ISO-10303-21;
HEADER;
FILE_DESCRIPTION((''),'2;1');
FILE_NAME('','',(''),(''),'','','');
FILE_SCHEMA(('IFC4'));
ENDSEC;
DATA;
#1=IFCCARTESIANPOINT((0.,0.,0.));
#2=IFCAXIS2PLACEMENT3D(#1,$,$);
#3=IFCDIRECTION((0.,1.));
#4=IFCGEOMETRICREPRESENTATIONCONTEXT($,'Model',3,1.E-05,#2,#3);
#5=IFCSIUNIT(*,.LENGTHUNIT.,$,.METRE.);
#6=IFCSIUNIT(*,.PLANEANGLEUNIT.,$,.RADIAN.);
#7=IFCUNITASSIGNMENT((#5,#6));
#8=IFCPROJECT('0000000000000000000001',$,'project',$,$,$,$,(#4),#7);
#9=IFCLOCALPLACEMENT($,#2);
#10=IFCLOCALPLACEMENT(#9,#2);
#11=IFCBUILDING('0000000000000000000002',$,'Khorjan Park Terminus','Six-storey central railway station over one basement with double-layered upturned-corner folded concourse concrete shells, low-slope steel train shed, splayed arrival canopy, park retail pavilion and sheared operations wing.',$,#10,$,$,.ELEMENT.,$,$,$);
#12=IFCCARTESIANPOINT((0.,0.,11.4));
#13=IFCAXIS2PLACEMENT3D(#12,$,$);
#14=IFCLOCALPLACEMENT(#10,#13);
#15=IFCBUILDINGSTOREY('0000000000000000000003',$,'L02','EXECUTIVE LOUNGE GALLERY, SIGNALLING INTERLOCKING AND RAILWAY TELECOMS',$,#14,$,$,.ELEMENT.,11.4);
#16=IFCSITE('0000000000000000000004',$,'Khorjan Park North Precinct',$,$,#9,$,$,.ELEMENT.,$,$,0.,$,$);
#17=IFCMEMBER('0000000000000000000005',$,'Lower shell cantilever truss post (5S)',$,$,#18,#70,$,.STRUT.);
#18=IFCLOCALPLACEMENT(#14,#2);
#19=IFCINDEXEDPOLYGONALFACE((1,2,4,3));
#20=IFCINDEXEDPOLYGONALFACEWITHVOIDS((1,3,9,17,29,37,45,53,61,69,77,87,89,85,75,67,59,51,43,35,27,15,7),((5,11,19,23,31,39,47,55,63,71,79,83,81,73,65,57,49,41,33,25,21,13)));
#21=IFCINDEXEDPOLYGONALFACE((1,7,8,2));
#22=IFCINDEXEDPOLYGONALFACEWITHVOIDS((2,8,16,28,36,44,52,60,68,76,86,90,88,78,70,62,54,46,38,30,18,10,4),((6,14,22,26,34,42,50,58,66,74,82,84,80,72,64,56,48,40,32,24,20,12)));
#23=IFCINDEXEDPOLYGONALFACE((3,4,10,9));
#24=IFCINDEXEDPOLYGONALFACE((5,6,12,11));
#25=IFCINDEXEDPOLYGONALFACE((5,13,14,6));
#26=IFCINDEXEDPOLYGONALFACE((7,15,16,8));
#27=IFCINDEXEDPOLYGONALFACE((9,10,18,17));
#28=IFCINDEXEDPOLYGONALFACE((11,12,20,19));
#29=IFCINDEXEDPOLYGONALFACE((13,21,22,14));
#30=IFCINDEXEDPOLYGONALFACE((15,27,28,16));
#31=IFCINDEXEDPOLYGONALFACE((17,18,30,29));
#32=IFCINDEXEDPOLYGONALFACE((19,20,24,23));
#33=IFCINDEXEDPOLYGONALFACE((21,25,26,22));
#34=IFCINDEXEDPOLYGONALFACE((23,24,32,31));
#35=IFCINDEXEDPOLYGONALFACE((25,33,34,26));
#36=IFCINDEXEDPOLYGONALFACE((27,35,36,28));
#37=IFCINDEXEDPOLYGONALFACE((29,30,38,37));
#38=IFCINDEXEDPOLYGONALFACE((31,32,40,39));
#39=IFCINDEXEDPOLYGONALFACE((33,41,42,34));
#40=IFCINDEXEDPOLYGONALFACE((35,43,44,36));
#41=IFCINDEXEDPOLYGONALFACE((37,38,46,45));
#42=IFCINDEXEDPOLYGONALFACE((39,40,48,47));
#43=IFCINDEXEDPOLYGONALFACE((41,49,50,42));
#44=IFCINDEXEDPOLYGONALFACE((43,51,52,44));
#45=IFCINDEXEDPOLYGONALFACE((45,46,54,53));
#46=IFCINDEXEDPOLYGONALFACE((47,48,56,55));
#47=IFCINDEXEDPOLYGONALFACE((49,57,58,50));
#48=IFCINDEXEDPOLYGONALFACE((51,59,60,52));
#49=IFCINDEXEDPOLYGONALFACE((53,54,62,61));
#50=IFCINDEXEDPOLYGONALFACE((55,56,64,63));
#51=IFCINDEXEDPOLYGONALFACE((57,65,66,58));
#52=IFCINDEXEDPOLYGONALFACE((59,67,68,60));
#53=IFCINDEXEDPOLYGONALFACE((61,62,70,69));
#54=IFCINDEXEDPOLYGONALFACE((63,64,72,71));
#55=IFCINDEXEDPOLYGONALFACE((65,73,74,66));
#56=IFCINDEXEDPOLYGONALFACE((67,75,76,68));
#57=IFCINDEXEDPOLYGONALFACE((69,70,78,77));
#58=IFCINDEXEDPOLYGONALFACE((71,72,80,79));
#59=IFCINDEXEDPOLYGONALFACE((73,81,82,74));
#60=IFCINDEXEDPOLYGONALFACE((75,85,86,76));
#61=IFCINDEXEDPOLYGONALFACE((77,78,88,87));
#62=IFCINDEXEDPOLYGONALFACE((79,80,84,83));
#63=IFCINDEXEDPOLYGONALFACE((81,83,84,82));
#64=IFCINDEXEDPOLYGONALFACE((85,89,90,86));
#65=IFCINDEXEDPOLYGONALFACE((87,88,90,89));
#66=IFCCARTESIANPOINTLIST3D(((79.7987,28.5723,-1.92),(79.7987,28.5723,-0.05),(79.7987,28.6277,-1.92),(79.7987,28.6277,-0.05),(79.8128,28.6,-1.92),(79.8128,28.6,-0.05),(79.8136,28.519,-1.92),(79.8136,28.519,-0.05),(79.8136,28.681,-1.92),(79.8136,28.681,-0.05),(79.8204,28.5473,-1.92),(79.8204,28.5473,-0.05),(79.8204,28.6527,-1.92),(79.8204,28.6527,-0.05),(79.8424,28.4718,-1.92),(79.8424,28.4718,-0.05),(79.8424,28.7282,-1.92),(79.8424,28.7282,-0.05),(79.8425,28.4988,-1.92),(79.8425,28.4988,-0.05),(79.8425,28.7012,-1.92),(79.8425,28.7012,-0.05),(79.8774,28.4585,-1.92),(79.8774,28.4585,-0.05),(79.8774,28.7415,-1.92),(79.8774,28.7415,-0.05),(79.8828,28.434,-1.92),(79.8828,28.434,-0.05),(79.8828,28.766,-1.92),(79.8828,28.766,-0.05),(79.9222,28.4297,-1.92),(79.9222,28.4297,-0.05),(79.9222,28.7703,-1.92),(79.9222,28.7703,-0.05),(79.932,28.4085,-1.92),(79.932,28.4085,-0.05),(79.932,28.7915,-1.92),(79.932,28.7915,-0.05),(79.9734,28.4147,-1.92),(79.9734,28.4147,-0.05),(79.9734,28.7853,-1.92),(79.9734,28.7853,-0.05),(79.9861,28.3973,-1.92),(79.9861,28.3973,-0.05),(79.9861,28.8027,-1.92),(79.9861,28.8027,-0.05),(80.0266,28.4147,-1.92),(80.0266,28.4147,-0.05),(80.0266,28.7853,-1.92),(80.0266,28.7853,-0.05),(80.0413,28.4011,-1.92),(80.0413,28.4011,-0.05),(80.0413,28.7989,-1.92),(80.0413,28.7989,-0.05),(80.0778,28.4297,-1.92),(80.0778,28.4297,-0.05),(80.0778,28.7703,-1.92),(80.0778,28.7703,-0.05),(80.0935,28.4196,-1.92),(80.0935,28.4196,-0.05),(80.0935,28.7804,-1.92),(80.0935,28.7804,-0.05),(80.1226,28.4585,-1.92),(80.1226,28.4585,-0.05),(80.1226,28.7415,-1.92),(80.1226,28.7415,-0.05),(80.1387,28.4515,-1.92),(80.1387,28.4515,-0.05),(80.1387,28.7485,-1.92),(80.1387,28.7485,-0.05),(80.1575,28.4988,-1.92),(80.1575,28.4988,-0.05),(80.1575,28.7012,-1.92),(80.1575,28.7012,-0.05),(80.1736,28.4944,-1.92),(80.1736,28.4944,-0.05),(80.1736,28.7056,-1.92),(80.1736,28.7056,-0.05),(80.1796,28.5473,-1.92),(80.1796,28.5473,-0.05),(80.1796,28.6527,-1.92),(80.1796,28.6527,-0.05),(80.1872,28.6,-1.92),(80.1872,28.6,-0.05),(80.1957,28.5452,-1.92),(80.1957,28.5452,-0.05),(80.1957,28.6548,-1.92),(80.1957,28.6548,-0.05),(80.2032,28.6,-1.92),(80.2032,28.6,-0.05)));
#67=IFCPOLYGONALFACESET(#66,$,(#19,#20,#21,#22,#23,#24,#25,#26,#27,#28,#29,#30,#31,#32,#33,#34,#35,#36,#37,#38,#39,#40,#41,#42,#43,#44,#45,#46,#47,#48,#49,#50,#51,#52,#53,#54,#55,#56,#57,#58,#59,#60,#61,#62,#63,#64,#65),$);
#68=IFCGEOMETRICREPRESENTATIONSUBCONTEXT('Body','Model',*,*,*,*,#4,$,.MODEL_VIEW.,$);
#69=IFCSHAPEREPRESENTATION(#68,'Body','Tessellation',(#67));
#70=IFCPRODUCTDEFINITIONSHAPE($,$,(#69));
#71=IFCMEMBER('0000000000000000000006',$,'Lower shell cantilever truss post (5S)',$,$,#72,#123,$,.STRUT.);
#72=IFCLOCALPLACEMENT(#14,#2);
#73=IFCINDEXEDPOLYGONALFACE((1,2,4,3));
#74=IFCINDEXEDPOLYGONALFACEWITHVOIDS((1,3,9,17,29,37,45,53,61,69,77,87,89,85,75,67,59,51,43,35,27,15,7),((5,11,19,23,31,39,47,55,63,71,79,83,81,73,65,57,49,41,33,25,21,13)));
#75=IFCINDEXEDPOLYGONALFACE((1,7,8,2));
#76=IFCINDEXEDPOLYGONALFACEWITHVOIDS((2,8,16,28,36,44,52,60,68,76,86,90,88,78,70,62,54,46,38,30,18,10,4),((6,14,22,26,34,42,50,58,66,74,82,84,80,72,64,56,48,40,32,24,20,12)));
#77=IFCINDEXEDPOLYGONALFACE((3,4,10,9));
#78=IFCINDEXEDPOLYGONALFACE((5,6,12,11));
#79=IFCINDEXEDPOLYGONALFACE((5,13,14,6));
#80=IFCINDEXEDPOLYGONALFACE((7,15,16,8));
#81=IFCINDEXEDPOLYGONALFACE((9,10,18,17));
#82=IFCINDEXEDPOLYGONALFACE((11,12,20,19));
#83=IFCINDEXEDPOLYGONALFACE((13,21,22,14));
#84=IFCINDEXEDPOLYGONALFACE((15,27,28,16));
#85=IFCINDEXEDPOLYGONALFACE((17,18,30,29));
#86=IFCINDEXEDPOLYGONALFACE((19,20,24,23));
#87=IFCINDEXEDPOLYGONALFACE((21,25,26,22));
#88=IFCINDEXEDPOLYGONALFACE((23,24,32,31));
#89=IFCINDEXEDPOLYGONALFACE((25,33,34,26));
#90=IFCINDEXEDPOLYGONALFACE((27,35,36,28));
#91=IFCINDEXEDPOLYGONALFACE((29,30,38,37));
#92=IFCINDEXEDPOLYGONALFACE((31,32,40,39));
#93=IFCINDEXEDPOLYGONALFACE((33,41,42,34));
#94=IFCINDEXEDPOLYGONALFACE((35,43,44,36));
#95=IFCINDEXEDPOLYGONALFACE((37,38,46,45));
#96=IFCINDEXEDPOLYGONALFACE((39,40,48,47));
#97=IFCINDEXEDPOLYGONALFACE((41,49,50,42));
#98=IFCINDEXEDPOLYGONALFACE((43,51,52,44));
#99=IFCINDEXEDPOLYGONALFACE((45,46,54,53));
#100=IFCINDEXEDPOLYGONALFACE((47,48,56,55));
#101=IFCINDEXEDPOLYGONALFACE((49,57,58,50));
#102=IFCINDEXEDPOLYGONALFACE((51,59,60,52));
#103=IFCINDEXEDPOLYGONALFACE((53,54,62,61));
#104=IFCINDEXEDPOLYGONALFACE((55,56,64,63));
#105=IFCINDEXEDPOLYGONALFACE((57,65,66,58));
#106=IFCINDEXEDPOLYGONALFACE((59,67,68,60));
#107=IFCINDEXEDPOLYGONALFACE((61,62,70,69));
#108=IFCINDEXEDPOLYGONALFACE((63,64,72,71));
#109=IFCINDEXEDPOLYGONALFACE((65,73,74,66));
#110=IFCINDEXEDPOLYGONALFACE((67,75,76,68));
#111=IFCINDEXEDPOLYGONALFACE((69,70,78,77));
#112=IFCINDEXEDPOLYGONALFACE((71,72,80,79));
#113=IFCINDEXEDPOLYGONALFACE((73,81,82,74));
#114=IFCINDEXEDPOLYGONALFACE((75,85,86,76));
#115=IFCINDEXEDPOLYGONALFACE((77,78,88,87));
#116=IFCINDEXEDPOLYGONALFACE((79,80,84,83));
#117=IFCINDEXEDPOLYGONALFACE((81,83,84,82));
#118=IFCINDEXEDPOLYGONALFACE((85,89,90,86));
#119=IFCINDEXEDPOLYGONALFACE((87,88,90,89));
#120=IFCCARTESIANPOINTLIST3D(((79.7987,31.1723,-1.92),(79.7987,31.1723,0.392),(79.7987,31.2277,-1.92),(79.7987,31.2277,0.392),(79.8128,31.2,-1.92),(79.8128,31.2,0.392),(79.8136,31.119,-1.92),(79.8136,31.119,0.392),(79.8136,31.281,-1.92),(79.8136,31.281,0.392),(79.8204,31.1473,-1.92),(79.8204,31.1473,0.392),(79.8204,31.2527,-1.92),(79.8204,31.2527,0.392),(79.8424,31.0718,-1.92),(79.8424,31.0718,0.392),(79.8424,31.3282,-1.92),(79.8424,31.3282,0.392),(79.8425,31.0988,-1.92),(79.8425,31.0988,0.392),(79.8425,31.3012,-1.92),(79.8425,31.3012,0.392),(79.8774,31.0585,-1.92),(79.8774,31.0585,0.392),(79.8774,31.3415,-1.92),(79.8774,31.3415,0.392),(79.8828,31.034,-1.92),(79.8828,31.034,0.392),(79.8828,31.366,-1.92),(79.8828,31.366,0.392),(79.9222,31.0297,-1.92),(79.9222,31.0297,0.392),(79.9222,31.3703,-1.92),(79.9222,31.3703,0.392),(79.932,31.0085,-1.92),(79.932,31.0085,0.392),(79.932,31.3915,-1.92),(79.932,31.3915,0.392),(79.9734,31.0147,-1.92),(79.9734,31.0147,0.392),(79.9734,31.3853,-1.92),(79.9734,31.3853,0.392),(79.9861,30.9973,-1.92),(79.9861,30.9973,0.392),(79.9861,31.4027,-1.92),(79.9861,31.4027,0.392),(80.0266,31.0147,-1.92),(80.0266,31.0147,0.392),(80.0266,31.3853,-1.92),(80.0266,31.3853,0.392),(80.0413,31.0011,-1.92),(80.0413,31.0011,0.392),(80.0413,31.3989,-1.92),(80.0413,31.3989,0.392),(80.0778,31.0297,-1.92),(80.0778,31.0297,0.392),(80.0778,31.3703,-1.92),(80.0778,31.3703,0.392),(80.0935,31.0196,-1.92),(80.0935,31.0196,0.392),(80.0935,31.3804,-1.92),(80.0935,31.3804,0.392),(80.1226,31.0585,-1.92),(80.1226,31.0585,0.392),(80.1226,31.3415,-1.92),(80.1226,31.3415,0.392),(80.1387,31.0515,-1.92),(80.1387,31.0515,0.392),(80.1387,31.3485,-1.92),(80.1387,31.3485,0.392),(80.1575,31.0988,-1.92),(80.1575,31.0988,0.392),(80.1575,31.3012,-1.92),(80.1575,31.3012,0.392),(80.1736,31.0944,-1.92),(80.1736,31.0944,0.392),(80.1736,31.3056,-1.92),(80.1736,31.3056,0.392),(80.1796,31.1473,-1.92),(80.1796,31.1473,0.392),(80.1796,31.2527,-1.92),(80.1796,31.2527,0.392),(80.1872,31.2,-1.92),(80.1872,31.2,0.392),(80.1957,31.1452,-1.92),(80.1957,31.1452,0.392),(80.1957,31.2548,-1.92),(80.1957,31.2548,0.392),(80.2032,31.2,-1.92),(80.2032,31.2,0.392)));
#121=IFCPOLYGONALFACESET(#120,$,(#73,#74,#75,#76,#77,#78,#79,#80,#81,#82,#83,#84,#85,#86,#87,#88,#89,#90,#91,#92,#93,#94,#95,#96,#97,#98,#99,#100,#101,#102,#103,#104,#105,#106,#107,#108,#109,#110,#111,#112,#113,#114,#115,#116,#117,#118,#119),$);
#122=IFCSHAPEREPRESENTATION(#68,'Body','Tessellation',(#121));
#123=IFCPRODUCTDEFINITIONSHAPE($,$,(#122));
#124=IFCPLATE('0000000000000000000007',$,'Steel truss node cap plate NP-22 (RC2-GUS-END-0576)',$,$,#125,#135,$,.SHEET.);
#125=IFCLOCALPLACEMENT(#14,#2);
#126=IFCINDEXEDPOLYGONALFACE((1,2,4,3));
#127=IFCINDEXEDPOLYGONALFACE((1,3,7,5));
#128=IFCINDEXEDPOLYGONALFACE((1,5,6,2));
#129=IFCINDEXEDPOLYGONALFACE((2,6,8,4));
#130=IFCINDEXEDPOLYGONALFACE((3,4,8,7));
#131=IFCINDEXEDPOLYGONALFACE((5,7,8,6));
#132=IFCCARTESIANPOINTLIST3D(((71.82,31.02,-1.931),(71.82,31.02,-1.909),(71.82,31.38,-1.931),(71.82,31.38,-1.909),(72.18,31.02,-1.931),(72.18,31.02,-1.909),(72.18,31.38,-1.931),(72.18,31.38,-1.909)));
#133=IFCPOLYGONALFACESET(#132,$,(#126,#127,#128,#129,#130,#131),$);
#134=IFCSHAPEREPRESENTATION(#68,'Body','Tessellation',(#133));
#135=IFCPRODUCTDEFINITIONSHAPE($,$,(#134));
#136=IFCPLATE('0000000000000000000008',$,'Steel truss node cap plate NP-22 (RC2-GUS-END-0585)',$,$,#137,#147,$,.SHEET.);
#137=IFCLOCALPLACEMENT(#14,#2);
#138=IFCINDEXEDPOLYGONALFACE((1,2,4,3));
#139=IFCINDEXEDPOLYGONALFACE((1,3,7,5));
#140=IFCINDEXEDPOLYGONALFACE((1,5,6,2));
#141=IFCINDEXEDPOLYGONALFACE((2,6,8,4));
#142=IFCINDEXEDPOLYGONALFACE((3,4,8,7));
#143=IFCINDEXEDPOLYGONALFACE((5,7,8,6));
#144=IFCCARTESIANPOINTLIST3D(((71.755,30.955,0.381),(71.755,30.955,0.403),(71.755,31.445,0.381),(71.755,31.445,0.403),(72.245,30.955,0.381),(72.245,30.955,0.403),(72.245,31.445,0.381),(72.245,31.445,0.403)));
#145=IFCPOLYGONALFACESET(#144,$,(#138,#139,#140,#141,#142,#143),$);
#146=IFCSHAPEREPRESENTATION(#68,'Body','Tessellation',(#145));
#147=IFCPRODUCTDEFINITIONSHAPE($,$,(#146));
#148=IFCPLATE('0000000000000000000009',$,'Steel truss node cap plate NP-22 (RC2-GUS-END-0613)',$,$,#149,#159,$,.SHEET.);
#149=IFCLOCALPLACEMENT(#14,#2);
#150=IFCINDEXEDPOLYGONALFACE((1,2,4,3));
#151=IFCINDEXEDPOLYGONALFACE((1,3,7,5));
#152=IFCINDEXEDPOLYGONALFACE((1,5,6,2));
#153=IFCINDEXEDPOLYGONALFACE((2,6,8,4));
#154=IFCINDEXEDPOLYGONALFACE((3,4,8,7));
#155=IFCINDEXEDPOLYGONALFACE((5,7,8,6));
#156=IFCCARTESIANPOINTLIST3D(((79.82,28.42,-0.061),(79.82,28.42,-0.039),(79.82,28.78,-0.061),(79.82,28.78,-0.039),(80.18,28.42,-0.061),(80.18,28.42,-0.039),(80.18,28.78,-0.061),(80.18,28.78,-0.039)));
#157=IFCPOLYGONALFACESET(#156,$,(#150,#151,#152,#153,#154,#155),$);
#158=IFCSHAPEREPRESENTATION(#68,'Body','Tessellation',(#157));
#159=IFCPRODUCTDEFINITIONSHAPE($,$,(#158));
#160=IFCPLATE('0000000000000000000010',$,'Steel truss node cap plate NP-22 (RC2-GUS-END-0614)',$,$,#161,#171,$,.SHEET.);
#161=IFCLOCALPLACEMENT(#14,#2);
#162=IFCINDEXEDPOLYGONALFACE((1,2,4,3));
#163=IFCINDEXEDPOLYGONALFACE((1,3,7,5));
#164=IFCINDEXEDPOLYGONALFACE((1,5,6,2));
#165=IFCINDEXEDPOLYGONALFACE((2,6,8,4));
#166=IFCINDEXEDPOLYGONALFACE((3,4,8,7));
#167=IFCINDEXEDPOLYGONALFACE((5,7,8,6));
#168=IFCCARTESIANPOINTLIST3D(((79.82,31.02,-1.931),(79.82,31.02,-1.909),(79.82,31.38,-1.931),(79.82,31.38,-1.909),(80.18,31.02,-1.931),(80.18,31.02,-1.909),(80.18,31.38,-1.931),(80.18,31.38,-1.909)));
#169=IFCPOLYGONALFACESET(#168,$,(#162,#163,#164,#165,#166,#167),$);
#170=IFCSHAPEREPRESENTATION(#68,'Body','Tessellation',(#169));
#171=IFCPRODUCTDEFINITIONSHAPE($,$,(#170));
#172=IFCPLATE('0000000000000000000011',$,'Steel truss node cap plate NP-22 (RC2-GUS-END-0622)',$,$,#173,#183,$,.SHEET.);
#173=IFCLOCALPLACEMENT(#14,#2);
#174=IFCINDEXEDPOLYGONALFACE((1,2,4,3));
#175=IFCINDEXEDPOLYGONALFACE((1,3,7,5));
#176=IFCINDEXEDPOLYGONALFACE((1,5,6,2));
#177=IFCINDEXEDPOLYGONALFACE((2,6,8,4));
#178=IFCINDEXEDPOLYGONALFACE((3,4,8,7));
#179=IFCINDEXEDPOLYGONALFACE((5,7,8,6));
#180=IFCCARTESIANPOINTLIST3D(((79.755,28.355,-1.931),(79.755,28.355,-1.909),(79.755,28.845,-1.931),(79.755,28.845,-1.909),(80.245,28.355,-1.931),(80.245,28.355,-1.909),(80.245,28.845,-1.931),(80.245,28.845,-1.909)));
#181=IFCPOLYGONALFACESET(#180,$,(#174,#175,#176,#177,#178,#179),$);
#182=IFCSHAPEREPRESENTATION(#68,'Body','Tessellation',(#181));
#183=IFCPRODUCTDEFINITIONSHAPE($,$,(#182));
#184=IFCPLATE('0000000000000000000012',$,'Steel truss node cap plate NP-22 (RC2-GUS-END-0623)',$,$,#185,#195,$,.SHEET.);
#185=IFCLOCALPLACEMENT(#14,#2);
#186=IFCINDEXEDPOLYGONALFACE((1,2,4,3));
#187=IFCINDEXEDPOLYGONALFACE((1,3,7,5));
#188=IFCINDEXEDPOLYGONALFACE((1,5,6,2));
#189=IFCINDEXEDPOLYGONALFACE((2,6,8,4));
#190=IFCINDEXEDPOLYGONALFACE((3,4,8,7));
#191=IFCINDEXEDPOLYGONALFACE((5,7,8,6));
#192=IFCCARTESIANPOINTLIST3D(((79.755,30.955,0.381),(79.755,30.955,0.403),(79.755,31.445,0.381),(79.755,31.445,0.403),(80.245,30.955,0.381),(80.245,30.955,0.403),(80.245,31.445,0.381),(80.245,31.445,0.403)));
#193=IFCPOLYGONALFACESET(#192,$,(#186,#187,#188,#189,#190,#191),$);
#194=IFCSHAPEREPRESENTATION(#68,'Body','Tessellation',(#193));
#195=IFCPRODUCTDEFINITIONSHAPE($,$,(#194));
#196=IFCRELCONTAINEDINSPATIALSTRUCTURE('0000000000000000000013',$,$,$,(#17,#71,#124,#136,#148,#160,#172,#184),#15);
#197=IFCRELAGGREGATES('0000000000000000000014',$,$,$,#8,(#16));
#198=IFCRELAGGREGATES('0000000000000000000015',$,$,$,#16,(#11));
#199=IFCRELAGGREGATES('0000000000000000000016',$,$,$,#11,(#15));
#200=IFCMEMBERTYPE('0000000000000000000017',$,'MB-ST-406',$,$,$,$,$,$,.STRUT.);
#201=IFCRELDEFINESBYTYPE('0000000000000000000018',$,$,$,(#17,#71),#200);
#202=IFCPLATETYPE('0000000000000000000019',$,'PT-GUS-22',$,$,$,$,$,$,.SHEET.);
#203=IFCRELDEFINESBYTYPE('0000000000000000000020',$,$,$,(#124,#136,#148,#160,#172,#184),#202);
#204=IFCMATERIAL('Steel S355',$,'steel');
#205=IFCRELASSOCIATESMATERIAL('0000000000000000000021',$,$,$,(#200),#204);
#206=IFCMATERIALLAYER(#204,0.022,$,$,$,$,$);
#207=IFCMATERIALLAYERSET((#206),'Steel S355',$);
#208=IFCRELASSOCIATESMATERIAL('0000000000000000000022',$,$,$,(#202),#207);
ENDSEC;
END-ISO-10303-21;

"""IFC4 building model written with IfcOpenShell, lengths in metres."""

from ifc_helpers import new_model, si_unit, direction, frame, origin, origin_2d, place, context, subcontext, project, spatial, rectangle, hollow_circle, extrude, material, layer, layer_set, material_profile, profile_set, type_object, element, save


model = new_model("IFC4")

# Units and contexts
model_context = context("Model", 3, precision=1e-05, world=origin(), true_north=direction((0.0, 1.0)))
body_context = subcontext(model_context, "Body", "Model", "MODEL_VIEW")
ifc_project = project(units=[si_unit("LENGTHUNIT", "METRE"), si_unit("PLANEANGLEUNIT", "RADIAN")], contexts=[model_context])

# Site, building, storey
site_placement = place(None, origin())
site = spatial("IfcSite", under=ifc_project, at=site_placement, Name="Khorjan Park North Precinct", CompositionType="ELEMENT", RefElevation=0.0)
building_placement = place(site_placement, origin())
building = spatial("IfcBuilding", under=site, at=building_placement, Name="Khorjan Park Terminus", Description="Six-storey central railway station over one basement with double-layered upturned-corner folded concourse concrete shells, low-slope steel train shed, splayed arrival canopy, park retail pavilion and sheared operations wing.", CompositionType="ELEMENT")
storey_placement = place(building_placement, frame((0.0, 0.0, 11.4)))
storey = spatial("IfcBuildingStorey", under=building, at=storey_placement, Name="L02", Description="EXECUTIVE LOUNGE GALLERY, SIGNALLING INTERLOCKING AND RAILWAY TELECOMS", CompositionType="ELEMENT", Elevation=11.4)

# Members
ifc_material = material(Name="Steel S355", Category="steel")
ifc_material_profile_1 = material_profile(ifc_material, hollow_circle(Radius=0.2032, WallThickness=0.016, at=origin_2d()), Name="CHS 406.4x16")
ifc_profile_set_1 = profile_set([ifc_material_profile_1], Name="Steel S355")
member_type_1 = type_object("IfcMemberType", Name="MB-ST-406", PredefinedType="STRUT", material=ifc_profile_set_1)
member_1_placement = place(storey_placement, frame((80.0, 28.6, -1.92), z_axis=(0.0, 0.0, 1.0), x_axis=(1.0, 0.0, 0.0)))
element("IfcMember", 1, at=member_1_placement, inside=storey, type_object=member_type_1, Name="Lower shell cantilever truss post (5S)", PredefinedType="STRUT", context=body_context, shape_type="SweptSolid", body=[
    extrude(hollow_circle(Radius=0.2032, WallThickness=0.016, at=origin_2d()), origin(), (0.0, 0.0, 1.0), 1.87),
])
member_2_placement = place(storey_placement, frame((80.0, 31.2, -1.92), z_axis=(0.0, 0.0, 1.0), x_axis=(1.0, 0.0, 0.0)))
element("IfcMember", 2, at=member_2_placement, inside=storey, type_object=member_type_1, Name="Lower shell cantilever truss post (5S)", PredefinedType="STRUT", context=body_context, shape_type="SweptSolid", body=[
    extrude(hollow_circle(Radius=0.2032, WallThickness=0.016, at=origin_2d()), origin(), (0.0, 0.0, 1.0), 2.312),
])

# Plates
ifc_layer = layer(ifc_material, 0.022)
ifc_layer_set = layer_set([ifc_layer], Name="Steel S355")
plate_type = type_object("IfcPlateType", Name="PT-GUS-22", PredefinedType="SHEET", material=ifc_layer_set)
plate_1_placement = place(storey_placement, frame((72.0, 31.2, -1.931), z_axis=(0.0, 0.0, 1.0), x_axis=(1.0, 0.0, 0.0)))
element("IfcPlate", 3, at=plate_1_placement, inside=storey, type_object=plate_type, Name="Steel truss node cap plate NP-22 (RC2-GUS-END-0576)", PredefinedType="SHEET", context=body_context, shape_type="SweptSolid", body=[
    extrude(rectangle(XDim=0.36, YDim=0.36, at=origin_2d()), origin(), (0.0, 0.0, 1.0), 0.022),
])
plate_2_placement = place(storey_placement, frame((72.0, 31.2, 0.381), z_axis=(0.0, 0.0, 1.0), x_axis=(1.0, 0.0, 0.0)))
element("IfcPlate", 4, at=plate_2_placement, inside=storey, type_object=plate_type, Name="Steel truss node cap plate NP-22 (RC2-GUS-END-0585)", PredefinedType="SHEET", context=body_context, shape_type="SweptSolid", body=[
    extrude(rectangle(XDim=0.49, YDim=0.49, at=origin_2d()), origin(), (0.0, 0.0, 1.0), 0.022),
])
for number, where, z_axis, x_axis, name in (
    (5, (80.0, 28.6, -0.061), (0.0, 0.0, 1.0), (1.0, 0.0, 0.0), "Steel truss node cap plate NP-22 (RC2-GUS-END-0613)"),
    (6, (80.0, 31.2, -1.931), (0.0, 0.0, 1.0), (1.0, 0.0, 0.0), "Steel truss node cap plate NP-22 (RC2-GUS-END-0614)"),
):
    element("IfcPlate", number, at=place(storey_placement, frame(where, z_axis=z_axis, x_axis=x_axis)), inside=storey, type_object=plate_type, Name=name, PredefinedType="SHEET", context=body_context, shape_type="SweptSolid", body=[
        extrude(rectangle(XDim=0.36, YDim=0.36, at=origin_2d()), origin(), (0.0, 0.0, 1.0), 0.022),
    ])
for number, where, z_axis, x_axis, name in (
    (7, (80.0, 28.6, -1.931), (0.0, 0.0, 1.0), (1.0, 0.0, 0.0), "Steel truss node cap plate NP-22 (RC2-GUS-END-0622)"),
    (8, (80.0, 31.2, 0.381), (0.0, 0.0, 1.0), (1.0, 0.0, 0.0), "Steel truss node cap plate NP-22 (RC2-GUS-END-0623)"),
):
    element("IfcPlate", number, at=place(storey_placement, frame(where, z_axis=z_axis, x_axis=x_axis)), inside=storey, type_object=plate_type, Name=name, PredefinedType="SHEET", context=body_context, shape_type="SweptSolid", body=[
        extrude(rectangle(XDim=0.49, YDim=0.49, at=origin_2d()), origin(), (0.0, 0.0, 1.0), 0.022),
    ])

save(model, "model.ifc")
